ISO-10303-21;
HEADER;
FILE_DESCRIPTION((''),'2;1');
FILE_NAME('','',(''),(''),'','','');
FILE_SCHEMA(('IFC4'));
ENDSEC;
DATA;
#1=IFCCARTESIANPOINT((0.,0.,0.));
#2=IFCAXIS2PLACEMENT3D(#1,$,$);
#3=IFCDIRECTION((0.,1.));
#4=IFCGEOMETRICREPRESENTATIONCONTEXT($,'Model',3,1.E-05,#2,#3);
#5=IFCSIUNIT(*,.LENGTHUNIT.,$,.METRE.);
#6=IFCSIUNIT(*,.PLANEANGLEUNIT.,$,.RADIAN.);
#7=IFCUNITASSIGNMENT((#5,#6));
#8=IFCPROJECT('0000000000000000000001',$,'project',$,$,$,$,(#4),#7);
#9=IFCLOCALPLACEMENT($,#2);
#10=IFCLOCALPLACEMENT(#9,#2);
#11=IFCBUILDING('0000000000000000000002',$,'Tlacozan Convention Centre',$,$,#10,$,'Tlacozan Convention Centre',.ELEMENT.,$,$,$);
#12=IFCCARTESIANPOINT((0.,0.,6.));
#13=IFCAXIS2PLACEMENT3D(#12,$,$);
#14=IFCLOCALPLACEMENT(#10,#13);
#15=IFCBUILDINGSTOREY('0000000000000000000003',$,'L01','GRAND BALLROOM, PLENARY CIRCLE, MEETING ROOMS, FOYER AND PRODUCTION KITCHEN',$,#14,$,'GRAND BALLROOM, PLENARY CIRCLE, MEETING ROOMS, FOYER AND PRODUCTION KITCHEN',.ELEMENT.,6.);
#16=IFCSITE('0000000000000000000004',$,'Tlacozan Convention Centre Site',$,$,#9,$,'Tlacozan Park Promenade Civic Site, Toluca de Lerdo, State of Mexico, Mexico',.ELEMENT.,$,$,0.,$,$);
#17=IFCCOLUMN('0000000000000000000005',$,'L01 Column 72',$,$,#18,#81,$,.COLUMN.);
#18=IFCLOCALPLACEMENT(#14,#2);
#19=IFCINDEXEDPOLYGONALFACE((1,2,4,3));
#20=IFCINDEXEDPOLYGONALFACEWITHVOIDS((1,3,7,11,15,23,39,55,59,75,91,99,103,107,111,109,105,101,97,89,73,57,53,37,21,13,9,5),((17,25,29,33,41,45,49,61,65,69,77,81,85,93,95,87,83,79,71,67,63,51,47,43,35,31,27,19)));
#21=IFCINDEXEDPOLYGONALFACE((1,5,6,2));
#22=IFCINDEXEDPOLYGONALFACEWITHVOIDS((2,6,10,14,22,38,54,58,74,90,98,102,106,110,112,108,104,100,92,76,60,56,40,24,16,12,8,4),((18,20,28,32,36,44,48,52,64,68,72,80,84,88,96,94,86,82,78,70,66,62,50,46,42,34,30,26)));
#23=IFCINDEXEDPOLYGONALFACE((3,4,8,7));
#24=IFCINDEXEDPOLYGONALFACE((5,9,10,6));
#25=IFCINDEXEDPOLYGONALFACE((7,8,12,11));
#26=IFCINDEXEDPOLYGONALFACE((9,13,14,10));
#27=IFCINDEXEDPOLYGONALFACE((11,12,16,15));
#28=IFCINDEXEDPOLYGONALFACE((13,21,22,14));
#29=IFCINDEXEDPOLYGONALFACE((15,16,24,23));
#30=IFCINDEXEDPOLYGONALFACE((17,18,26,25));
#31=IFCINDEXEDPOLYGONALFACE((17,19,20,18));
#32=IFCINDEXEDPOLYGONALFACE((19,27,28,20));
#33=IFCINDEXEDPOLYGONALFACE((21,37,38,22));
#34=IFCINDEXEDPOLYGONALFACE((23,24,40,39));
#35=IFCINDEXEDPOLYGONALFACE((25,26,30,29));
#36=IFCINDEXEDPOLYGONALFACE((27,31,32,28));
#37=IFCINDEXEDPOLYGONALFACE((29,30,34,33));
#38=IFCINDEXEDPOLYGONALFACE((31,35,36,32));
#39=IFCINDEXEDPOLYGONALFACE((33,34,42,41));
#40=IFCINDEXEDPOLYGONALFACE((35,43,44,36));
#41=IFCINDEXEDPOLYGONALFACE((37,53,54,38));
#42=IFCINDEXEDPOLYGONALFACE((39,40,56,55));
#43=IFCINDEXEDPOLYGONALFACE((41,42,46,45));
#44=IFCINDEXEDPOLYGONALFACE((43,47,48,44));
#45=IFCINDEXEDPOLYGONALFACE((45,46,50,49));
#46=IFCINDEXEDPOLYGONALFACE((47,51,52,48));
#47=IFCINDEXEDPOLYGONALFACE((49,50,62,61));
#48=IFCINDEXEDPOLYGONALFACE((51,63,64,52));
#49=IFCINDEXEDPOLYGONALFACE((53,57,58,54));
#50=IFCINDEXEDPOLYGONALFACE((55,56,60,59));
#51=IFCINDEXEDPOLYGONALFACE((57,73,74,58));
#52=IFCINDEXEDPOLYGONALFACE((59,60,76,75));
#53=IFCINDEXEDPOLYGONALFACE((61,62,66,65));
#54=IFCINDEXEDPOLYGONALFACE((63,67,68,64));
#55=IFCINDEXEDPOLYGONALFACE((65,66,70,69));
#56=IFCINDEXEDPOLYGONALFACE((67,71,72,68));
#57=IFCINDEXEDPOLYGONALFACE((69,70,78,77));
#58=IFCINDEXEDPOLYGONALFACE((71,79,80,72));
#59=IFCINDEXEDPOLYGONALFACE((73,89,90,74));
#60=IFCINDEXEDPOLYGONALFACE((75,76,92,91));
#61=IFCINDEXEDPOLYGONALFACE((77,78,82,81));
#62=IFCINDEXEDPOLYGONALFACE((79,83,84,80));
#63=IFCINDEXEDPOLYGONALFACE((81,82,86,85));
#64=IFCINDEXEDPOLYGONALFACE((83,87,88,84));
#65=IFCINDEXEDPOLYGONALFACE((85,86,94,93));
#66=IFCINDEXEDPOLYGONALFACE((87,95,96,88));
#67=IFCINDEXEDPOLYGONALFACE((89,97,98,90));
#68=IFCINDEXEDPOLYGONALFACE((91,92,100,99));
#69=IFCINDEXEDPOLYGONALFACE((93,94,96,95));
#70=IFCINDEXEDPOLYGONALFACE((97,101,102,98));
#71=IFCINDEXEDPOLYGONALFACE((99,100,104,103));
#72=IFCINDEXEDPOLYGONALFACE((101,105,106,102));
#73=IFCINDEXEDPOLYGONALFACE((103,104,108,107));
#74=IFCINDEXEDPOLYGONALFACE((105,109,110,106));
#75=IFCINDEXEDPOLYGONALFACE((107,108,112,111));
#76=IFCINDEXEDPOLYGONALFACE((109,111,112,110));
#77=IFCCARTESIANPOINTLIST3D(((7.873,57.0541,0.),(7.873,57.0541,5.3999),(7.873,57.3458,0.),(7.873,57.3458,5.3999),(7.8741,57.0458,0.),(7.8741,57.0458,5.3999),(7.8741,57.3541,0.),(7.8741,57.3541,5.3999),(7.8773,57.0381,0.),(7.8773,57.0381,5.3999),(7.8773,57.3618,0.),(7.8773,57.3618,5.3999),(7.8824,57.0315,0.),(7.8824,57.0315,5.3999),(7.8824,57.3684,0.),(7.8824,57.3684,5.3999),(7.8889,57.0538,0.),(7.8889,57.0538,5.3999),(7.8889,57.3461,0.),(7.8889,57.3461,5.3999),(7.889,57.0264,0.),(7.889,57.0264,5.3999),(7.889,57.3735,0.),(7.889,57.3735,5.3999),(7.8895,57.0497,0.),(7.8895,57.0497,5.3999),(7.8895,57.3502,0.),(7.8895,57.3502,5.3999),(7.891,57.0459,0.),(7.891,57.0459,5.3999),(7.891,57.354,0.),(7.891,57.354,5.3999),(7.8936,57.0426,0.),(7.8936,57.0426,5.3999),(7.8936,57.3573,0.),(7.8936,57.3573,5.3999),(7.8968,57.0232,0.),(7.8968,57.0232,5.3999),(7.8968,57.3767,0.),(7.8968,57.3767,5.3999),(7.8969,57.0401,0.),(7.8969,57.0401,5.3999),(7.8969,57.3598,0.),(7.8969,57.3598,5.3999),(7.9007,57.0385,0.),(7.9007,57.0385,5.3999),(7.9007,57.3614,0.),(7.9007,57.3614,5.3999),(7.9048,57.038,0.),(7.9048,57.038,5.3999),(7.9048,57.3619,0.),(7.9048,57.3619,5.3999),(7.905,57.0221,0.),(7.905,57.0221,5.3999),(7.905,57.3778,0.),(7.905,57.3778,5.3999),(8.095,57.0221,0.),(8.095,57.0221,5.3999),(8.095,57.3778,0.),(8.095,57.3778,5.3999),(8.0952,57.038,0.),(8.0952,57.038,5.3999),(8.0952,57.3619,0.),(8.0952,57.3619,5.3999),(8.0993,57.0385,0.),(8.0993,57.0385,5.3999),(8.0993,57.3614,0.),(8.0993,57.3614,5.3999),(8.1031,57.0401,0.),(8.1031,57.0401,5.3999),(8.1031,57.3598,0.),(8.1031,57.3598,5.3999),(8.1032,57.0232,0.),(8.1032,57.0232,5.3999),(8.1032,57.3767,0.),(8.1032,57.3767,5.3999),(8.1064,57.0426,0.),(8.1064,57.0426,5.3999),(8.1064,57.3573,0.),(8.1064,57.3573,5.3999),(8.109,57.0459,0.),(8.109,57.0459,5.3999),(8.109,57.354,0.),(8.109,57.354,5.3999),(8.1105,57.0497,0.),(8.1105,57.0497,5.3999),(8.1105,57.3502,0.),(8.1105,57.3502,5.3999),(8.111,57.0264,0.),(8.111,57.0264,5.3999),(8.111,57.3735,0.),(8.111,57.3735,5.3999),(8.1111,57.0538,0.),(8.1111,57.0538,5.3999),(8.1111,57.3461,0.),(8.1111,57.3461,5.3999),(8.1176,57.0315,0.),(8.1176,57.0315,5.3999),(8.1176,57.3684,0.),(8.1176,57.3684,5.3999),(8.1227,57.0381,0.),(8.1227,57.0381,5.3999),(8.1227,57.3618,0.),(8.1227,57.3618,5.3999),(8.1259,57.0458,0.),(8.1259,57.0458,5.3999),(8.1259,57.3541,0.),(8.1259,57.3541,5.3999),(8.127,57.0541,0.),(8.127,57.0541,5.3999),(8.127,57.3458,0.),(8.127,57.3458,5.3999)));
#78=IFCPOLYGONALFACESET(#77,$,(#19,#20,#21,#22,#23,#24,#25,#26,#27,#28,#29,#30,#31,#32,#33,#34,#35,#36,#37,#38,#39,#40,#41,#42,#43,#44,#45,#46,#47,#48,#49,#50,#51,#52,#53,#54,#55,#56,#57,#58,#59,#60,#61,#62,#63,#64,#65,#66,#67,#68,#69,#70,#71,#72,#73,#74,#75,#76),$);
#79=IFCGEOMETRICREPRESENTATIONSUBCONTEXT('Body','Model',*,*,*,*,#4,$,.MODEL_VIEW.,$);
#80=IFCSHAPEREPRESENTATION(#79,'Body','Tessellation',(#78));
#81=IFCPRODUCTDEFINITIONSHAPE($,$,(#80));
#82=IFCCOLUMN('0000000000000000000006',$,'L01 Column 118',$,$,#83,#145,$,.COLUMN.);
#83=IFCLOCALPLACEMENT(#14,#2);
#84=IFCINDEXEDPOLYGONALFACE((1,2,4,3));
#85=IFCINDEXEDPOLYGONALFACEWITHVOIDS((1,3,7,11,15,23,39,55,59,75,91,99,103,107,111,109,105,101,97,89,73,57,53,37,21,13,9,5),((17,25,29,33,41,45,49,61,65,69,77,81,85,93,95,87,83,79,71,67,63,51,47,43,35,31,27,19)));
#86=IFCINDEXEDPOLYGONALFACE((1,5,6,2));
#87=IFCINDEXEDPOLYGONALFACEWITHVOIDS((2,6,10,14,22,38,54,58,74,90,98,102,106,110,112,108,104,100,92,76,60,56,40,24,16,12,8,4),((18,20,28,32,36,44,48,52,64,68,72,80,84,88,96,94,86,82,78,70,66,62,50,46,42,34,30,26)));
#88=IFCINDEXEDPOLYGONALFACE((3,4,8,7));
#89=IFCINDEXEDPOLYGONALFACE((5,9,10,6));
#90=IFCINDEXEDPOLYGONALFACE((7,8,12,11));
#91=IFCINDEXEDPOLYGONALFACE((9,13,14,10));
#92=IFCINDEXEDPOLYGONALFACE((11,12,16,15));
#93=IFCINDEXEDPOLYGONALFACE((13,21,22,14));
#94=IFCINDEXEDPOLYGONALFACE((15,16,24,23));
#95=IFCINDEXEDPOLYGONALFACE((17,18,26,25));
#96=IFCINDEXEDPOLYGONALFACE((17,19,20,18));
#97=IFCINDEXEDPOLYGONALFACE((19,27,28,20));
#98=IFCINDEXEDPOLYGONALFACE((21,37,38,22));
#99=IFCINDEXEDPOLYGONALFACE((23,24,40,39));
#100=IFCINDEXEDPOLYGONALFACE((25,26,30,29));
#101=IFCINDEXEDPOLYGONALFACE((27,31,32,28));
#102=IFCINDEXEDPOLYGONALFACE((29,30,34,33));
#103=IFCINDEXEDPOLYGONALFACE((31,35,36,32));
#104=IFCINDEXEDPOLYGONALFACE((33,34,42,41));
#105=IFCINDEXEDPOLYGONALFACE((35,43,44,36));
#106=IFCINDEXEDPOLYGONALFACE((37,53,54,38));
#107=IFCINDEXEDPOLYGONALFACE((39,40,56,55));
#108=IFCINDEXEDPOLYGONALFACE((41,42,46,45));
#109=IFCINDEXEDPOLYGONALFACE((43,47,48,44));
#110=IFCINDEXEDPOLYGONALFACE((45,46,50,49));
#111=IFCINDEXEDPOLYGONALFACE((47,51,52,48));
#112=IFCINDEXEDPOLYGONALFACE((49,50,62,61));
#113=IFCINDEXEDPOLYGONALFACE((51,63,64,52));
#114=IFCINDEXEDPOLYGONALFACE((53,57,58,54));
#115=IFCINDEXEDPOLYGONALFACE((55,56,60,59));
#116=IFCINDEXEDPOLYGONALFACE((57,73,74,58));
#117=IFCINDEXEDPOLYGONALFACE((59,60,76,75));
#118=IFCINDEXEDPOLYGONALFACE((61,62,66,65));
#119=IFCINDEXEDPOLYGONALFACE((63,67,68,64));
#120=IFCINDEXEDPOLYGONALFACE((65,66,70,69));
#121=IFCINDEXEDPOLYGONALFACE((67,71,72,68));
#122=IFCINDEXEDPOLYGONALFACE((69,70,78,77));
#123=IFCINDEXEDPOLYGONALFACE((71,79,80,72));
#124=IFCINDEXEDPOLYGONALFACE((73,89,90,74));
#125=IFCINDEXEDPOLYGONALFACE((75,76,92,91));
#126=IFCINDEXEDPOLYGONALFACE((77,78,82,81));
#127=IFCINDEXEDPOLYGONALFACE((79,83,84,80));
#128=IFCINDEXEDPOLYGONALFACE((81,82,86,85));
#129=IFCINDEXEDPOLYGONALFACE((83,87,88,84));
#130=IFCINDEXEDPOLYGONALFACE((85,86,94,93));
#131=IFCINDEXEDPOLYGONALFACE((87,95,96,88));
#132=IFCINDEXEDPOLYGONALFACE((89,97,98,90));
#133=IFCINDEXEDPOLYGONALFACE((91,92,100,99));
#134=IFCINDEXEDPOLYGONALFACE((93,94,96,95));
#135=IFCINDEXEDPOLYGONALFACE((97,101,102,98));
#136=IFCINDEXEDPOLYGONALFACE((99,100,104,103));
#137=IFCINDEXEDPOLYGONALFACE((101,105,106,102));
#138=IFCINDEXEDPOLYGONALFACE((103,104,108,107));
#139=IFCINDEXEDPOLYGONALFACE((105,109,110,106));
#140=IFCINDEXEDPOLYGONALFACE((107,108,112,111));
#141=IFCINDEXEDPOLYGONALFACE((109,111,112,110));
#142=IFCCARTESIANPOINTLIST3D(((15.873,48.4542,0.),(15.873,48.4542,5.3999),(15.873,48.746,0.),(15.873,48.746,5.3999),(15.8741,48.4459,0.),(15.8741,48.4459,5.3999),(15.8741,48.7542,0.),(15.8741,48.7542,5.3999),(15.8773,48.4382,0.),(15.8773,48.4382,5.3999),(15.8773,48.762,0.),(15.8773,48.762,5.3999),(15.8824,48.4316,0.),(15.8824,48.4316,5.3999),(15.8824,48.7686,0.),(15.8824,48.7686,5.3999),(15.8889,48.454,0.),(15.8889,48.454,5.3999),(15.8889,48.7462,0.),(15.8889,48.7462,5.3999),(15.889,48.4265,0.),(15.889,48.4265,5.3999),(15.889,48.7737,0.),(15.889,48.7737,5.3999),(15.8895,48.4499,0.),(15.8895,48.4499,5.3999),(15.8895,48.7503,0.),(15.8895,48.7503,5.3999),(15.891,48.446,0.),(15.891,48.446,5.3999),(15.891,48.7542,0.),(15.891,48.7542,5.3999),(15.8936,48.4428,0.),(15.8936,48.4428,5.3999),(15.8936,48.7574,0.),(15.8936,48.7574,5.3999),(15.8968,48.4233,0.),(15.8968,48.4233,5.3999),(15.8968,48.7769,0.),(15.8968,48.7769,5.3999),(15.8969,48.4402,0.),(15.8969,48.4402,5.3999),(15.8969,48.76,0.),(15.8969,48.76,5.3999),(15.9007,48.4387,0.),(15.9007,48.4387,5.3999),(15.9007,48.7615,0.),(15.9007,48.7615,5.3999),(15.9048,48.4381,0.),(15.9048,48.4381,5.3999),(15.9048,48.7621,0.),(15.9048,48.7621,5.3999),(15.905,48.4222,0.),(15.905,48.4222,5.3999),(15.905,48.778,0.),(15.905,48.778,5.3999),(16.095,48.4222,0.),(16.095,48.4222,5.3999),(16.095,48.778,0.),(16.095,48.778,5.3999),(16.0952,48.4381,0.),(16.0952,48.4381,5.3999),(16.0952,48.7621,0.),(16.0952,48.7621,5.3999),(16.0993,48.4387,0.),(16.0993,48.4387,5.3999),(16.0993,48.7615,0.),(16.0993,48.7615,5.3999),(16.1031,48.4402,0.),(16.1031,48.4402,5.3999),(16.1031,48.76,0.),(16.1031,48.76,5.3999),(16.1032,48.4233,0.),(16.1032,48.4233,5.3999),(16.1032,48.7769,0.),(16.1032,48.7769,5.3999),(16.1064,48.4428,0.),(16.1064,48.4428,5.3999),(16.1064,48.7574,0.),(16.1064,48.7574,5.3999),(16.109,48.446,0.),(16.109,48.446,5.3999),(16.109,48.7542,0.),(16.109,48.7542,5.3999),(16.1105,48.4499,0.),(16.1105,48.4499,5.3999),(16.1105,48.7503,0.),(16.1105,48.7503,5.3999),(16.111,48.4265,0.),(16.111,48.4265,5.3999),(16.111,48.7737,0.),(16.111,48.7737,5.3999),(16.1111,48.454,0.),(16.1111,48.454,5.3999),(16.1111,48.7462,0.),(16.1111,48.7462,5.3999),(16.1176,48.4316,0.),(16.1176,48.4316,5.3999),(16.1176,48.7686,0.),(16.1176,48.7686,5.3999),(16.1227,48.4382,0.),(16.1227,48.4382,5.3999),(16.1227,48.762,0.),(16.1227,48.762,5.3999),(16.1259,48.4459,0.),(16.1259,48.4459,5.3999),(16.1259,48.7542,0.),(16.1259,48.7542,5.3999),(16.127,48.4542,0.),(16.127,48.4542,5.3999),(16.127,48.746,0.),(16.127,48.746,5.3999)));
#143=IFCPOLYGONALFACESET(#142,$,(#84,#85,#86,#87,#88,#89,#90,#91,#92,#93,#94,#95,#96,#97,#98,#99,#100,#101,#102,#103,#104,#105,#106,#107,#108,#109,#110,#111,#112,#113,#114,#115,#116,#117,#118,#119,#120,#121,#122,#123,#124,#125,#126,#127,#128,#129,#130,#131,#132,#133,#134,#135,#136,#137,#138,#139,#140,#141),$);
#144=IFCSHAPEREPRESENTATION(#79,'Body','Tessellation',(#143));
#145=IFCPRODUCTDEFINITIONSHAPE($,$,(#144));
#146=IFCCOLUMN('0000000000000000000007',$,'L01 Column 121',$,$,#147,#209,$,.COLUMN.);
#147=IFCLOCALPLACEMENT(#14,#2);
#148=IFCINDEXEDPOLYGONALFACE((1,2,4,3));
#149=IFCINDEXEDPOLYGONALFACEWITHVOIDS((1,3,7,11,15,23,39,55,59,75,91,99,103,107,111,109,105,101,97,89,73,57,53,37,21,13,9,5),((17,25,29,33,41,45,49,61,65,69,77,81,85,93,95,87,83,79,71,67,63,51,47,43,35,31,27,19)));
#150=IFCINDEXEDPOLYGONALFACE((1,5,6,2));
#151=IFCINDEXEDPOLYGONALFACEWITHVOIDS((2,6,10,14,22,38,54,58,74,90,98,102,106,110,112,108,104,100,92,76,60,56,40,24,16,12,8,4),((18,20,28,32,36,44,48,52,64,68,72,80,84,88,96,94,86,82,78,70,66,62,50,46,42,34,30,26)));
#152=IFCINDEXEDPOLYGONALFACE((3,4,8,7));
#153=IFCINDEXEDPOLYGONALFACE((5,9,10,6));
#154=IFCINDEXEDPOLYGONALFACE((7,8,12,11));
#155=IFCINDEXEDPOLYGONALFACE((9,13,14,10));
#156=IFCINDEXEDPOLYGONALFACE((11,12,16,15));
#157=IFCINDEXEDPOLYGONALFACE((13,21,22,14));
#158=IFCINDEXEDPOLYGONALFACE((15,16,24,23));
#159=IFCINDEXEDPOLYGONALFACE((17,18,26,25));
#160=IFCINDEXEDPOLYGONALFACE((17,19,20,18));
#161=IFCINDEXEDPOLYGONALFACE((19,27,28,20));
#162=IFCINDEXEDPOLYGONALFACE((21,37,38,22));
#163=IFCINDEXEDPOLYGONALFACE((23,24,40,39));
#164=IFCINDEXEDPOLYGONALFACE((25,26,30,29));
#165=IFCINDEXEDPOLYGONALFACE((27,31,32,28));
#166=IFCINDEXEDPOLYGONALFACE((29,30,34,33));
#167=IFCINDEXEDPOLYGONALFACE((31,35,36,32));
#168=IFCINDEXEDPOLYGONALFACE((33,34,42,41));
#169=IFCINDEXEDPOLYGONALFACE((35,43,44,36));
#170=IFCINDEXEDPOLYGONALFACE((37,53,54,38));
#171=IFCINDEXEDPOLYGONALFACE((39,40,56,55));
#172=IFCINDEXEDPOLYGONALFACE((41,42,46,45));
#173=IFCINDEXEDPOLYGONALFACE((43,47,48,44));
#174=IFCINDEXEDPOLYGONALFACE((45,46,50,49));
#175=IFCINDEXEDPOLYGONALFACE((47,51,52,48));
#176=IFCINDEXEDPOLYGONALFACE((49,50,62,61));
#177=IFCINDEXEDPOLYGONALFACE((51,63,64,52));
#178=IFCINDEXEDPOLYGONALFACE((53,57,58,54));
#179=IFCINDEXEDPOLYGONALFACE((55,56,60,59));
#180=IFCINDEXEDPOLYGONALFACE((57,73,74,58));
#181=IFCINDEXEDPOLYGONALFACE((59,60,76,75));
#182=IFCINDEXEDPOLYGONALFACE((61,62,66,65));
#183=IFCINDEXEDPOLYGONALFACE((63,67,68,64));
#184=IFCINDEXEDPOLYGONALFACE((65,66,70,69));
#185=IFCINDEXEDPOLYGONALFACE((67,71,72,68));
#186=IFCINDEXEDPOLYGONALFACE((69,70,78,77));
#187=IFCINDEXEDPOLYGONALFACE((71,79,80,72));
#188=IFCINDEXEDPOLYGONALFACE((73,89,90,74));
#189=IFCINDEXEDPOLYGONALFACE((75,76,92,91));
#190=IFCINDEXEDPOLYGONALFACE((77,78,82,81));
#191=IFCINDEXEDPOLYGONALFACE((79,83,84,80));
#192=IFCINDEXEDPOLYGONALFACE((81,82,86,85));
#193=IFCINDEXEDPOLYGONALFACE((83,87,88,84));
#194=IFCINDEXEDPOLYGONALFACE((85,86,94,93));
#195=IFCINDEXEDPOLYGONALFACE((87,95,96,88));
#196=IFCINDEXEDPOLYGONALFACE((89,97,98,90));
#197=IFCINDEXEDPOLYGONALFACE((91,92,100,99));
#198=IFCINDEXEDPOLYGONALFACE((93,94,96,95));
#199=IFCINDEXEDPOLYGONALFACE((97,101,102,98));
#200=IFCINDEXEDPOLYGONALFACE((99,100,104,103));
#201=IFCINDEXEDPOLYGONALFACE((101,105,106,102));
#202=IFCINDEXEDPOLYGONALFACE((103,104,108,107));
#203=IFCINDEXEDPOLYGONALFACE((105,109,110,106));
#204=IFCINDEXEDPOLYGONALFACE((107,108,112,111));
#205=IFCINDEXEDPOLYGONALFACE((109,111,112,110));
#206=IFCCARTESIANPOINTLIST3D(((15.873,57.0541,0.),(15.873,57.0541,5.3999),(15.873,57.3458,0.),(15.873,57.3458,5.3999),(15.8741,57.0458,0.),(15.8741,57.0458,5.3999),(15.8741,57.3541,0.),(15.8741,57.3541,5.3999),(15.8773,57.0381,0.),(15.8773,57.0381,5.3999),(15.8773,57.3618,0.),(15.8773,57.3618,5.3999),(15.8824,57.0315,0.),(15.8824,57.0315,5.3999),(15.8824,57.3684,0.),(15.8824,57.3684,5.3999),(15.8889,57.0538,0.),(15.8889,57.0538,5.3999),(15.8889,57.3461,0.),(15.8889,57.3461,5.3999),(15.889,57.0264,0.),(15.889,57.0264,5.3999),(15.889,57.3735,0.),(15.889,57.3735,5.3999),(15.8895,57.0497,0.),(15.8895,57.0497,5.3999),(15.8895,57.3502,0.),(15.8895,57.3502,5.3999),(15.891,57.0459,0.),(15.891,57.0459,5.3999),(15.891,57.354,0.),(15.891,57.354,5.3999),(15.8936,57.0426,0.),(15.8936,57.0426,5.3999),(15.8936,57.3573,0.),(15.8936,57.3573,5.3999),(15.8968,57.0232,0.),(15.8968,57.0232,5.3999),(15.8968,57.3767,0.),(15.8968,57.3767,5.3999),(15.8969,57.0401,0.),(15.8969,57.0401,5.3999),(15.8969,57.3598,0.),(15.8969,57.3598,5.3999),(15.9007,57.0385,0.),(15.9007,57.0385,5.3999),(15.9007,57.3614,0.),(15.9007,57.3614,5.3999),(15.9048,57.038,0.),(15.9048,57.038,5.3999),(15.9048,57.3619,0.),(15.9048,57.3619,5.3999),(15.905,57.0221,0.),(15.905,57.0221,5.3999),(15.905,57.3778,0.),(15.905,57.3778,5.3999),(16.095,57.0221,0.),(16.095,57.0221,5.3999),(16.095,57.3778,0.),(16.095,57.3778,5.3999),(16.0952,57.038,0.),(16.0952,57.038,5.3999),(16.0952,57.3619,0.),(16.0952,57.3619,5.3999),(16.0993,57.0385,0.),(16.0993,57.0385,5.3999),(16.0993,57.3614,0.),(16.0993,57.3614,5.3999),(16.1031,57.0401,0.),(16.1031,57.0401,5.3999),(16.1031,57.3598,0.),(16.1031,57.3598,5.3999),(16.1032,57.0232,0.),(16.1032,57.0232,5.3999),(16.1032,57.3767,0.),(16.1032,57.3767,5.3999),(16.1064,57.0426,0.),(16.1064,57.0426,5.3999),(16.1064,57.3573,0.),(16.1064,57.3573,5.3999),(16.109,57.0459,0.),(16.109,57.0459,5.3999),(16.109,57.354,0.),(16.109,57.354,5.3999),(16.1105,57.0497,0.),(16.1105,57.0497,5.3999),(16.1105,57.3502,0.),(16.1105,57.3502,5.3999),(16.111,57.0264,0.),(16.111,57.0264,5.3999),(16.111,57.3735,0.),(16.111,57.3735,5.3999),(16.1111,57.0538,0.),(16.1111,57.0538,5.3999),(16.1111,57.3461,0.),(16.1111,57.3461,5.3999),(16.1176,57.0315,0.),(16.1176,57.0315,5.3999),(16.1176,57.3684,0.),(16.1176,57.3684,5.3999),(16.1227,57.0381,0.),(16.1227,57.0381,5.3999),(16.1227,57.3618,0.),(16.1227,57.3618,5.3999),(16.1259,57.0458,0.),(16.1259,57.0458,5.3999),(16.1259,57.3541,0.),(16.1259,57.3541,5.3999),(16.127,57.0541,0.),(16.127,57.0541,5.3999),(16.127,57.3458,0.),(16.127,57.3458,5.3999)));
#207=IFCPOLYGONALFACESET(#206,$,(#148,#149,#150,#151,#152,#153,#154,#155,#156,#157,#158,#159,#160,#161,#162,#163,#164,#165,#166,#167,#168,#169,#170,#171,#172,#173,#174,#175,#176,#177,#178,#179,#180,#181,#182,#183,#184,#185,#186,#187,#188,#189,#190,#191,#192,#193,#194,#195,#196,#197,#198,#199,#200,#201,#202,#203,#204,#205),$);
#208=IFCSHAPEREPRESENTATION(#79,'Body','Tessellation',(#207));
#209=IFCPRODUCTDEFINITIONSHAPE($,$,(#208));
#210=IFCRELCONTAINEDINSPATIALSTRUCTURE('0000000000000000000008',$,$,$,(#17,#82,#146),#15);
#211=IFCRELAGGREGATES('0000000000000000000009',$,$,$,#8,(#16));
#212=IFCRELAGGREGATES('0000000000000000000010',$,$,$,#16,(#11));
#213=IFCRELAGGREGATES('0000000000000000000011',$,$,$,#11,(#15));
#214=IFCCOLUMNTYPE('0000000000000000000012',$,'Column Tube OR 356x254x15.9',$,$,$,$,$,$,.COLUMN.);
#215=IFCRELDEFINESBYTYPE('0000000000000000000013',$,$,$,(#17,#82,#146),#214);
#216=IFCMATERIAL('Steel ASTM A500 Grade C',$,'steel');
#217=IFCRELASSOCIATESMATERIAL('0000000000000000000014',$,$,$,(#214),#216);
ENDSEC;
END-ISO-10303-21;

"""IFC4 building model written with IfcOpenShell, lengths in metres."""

from ifc_helpers import new_model, si_unit, direction, frame, origin, origin_2d, place, context, subcontext, project, spatial, hollow_rectangle, extrude, material, material_profile, profile_set, type_object, element, save


model = new_model("IFC4")

# Units and contexts
model_context = context("Model", 3, precision=1e-05, world=origin(), true_north=direction((0.0, 1.0)))
body_context = subcontext(model_context, "Body", "Model", "MODEL_VIEW")
ifc_project = project(units=[si_unit("LENGTHUNIT", "METRE"), si_unit("PLANEANGLEUNIT", "RADIAN")], contexts=[model_context])

# Site, building, storey
site_placement = place(None, origin())
site = spatial("IfcSite", under=ifc_project, at=site_placement, Name="Tlacozan Convention Centre Site", LongName="Tlacozan Park Promenade Civic Site, Toluca de Lerdo, State of Mexico, Mexico", CompositionType="ELEMENT", RefElevation=0.0)
building_placement = place(site_placement, origin())
building = spatial("IfcBuilding", under=site, at=building_placement, Name="Tlacozan Convention Centre", LongName="Tlacozan Convention Centre", CompositionType="ELEMENT")
storey_placement = place(building_placement, frame((0.0, 0.0, 6.0)))
storey = spatial("IfcBuildingStorey", under=building, at=storey_placement, Name="L01", Description="GRAND BALLROOM, PLENARY CIRCLE, MEETING ROOMS, FOYER AND PRODUCTION KITCHEN", LongName="GRAND BALLROOM, PLENARY CIRCLE, MEETING ROOMS, FOYER AND PRODUCTION KITCHEN", CompositionType="ELEMENT", Elevation=6.0)

# Columns
ifc_material_1 = material(Name="Steel ASTM A500 Grade C", Category="steel")
ifc_material_profile_1 = material_profile(ifc_material_1, hollow_rectangle(XDim=0.2539, YDim=0.3557, WallThickness=0.0159, InnerFilletRadius=0.0159, OuterFilletRadius=0.032, at=origin_2d()), Name="OR 356x254x15.9")
ifc_profile_set_1 = profile_set([ifc_material_profile_1], Name="Steel ASTM A500 Grade C")
column_type = type_object("IfcColumnType", Name="Column Tube OR 356x254x15.9", PredefinedType="COLUMN", material=ifc_profile_set_1)
for number, where, z_axis, x_axis, name in (
    (1, (8.0, 57.2, 0.0), (0.0, 0.0, 1.0), (1.0, 0.0, 0.0), "L01 Column 72"),
    (2, (16.0, 48.6001, 0.0), (0.0, 0.0, 1.0), (1.0, 0.0, 0.0), "L01 Column 118"),
    (3, (16.0, 57.2, 0.0), (0.0, 0.0, 1.0), (1.0, 0.0, 0.0), "L01 Column 121"),
):
    element("IfcColumn", number, at=place(storey_placement, frame(where, z_axis=z_axis, x_axis=x_axis)), inside=storey, type_object=column_type, Name=name, PredefinedType="COLUMN", context=body_context, shape_type="SweptSolid", body=[
        extrude(hollow_rectangle(XDim=0.2539, YDim=0.3557, WallThickness=0.0159, InnerFilletRadius=0.0159, OuterFilletRadius=0.032, at=origin_2d()), origin(), (0.0, 0.0, 1.0), 5.3999),
    ])

save(model, "model.ifc")
